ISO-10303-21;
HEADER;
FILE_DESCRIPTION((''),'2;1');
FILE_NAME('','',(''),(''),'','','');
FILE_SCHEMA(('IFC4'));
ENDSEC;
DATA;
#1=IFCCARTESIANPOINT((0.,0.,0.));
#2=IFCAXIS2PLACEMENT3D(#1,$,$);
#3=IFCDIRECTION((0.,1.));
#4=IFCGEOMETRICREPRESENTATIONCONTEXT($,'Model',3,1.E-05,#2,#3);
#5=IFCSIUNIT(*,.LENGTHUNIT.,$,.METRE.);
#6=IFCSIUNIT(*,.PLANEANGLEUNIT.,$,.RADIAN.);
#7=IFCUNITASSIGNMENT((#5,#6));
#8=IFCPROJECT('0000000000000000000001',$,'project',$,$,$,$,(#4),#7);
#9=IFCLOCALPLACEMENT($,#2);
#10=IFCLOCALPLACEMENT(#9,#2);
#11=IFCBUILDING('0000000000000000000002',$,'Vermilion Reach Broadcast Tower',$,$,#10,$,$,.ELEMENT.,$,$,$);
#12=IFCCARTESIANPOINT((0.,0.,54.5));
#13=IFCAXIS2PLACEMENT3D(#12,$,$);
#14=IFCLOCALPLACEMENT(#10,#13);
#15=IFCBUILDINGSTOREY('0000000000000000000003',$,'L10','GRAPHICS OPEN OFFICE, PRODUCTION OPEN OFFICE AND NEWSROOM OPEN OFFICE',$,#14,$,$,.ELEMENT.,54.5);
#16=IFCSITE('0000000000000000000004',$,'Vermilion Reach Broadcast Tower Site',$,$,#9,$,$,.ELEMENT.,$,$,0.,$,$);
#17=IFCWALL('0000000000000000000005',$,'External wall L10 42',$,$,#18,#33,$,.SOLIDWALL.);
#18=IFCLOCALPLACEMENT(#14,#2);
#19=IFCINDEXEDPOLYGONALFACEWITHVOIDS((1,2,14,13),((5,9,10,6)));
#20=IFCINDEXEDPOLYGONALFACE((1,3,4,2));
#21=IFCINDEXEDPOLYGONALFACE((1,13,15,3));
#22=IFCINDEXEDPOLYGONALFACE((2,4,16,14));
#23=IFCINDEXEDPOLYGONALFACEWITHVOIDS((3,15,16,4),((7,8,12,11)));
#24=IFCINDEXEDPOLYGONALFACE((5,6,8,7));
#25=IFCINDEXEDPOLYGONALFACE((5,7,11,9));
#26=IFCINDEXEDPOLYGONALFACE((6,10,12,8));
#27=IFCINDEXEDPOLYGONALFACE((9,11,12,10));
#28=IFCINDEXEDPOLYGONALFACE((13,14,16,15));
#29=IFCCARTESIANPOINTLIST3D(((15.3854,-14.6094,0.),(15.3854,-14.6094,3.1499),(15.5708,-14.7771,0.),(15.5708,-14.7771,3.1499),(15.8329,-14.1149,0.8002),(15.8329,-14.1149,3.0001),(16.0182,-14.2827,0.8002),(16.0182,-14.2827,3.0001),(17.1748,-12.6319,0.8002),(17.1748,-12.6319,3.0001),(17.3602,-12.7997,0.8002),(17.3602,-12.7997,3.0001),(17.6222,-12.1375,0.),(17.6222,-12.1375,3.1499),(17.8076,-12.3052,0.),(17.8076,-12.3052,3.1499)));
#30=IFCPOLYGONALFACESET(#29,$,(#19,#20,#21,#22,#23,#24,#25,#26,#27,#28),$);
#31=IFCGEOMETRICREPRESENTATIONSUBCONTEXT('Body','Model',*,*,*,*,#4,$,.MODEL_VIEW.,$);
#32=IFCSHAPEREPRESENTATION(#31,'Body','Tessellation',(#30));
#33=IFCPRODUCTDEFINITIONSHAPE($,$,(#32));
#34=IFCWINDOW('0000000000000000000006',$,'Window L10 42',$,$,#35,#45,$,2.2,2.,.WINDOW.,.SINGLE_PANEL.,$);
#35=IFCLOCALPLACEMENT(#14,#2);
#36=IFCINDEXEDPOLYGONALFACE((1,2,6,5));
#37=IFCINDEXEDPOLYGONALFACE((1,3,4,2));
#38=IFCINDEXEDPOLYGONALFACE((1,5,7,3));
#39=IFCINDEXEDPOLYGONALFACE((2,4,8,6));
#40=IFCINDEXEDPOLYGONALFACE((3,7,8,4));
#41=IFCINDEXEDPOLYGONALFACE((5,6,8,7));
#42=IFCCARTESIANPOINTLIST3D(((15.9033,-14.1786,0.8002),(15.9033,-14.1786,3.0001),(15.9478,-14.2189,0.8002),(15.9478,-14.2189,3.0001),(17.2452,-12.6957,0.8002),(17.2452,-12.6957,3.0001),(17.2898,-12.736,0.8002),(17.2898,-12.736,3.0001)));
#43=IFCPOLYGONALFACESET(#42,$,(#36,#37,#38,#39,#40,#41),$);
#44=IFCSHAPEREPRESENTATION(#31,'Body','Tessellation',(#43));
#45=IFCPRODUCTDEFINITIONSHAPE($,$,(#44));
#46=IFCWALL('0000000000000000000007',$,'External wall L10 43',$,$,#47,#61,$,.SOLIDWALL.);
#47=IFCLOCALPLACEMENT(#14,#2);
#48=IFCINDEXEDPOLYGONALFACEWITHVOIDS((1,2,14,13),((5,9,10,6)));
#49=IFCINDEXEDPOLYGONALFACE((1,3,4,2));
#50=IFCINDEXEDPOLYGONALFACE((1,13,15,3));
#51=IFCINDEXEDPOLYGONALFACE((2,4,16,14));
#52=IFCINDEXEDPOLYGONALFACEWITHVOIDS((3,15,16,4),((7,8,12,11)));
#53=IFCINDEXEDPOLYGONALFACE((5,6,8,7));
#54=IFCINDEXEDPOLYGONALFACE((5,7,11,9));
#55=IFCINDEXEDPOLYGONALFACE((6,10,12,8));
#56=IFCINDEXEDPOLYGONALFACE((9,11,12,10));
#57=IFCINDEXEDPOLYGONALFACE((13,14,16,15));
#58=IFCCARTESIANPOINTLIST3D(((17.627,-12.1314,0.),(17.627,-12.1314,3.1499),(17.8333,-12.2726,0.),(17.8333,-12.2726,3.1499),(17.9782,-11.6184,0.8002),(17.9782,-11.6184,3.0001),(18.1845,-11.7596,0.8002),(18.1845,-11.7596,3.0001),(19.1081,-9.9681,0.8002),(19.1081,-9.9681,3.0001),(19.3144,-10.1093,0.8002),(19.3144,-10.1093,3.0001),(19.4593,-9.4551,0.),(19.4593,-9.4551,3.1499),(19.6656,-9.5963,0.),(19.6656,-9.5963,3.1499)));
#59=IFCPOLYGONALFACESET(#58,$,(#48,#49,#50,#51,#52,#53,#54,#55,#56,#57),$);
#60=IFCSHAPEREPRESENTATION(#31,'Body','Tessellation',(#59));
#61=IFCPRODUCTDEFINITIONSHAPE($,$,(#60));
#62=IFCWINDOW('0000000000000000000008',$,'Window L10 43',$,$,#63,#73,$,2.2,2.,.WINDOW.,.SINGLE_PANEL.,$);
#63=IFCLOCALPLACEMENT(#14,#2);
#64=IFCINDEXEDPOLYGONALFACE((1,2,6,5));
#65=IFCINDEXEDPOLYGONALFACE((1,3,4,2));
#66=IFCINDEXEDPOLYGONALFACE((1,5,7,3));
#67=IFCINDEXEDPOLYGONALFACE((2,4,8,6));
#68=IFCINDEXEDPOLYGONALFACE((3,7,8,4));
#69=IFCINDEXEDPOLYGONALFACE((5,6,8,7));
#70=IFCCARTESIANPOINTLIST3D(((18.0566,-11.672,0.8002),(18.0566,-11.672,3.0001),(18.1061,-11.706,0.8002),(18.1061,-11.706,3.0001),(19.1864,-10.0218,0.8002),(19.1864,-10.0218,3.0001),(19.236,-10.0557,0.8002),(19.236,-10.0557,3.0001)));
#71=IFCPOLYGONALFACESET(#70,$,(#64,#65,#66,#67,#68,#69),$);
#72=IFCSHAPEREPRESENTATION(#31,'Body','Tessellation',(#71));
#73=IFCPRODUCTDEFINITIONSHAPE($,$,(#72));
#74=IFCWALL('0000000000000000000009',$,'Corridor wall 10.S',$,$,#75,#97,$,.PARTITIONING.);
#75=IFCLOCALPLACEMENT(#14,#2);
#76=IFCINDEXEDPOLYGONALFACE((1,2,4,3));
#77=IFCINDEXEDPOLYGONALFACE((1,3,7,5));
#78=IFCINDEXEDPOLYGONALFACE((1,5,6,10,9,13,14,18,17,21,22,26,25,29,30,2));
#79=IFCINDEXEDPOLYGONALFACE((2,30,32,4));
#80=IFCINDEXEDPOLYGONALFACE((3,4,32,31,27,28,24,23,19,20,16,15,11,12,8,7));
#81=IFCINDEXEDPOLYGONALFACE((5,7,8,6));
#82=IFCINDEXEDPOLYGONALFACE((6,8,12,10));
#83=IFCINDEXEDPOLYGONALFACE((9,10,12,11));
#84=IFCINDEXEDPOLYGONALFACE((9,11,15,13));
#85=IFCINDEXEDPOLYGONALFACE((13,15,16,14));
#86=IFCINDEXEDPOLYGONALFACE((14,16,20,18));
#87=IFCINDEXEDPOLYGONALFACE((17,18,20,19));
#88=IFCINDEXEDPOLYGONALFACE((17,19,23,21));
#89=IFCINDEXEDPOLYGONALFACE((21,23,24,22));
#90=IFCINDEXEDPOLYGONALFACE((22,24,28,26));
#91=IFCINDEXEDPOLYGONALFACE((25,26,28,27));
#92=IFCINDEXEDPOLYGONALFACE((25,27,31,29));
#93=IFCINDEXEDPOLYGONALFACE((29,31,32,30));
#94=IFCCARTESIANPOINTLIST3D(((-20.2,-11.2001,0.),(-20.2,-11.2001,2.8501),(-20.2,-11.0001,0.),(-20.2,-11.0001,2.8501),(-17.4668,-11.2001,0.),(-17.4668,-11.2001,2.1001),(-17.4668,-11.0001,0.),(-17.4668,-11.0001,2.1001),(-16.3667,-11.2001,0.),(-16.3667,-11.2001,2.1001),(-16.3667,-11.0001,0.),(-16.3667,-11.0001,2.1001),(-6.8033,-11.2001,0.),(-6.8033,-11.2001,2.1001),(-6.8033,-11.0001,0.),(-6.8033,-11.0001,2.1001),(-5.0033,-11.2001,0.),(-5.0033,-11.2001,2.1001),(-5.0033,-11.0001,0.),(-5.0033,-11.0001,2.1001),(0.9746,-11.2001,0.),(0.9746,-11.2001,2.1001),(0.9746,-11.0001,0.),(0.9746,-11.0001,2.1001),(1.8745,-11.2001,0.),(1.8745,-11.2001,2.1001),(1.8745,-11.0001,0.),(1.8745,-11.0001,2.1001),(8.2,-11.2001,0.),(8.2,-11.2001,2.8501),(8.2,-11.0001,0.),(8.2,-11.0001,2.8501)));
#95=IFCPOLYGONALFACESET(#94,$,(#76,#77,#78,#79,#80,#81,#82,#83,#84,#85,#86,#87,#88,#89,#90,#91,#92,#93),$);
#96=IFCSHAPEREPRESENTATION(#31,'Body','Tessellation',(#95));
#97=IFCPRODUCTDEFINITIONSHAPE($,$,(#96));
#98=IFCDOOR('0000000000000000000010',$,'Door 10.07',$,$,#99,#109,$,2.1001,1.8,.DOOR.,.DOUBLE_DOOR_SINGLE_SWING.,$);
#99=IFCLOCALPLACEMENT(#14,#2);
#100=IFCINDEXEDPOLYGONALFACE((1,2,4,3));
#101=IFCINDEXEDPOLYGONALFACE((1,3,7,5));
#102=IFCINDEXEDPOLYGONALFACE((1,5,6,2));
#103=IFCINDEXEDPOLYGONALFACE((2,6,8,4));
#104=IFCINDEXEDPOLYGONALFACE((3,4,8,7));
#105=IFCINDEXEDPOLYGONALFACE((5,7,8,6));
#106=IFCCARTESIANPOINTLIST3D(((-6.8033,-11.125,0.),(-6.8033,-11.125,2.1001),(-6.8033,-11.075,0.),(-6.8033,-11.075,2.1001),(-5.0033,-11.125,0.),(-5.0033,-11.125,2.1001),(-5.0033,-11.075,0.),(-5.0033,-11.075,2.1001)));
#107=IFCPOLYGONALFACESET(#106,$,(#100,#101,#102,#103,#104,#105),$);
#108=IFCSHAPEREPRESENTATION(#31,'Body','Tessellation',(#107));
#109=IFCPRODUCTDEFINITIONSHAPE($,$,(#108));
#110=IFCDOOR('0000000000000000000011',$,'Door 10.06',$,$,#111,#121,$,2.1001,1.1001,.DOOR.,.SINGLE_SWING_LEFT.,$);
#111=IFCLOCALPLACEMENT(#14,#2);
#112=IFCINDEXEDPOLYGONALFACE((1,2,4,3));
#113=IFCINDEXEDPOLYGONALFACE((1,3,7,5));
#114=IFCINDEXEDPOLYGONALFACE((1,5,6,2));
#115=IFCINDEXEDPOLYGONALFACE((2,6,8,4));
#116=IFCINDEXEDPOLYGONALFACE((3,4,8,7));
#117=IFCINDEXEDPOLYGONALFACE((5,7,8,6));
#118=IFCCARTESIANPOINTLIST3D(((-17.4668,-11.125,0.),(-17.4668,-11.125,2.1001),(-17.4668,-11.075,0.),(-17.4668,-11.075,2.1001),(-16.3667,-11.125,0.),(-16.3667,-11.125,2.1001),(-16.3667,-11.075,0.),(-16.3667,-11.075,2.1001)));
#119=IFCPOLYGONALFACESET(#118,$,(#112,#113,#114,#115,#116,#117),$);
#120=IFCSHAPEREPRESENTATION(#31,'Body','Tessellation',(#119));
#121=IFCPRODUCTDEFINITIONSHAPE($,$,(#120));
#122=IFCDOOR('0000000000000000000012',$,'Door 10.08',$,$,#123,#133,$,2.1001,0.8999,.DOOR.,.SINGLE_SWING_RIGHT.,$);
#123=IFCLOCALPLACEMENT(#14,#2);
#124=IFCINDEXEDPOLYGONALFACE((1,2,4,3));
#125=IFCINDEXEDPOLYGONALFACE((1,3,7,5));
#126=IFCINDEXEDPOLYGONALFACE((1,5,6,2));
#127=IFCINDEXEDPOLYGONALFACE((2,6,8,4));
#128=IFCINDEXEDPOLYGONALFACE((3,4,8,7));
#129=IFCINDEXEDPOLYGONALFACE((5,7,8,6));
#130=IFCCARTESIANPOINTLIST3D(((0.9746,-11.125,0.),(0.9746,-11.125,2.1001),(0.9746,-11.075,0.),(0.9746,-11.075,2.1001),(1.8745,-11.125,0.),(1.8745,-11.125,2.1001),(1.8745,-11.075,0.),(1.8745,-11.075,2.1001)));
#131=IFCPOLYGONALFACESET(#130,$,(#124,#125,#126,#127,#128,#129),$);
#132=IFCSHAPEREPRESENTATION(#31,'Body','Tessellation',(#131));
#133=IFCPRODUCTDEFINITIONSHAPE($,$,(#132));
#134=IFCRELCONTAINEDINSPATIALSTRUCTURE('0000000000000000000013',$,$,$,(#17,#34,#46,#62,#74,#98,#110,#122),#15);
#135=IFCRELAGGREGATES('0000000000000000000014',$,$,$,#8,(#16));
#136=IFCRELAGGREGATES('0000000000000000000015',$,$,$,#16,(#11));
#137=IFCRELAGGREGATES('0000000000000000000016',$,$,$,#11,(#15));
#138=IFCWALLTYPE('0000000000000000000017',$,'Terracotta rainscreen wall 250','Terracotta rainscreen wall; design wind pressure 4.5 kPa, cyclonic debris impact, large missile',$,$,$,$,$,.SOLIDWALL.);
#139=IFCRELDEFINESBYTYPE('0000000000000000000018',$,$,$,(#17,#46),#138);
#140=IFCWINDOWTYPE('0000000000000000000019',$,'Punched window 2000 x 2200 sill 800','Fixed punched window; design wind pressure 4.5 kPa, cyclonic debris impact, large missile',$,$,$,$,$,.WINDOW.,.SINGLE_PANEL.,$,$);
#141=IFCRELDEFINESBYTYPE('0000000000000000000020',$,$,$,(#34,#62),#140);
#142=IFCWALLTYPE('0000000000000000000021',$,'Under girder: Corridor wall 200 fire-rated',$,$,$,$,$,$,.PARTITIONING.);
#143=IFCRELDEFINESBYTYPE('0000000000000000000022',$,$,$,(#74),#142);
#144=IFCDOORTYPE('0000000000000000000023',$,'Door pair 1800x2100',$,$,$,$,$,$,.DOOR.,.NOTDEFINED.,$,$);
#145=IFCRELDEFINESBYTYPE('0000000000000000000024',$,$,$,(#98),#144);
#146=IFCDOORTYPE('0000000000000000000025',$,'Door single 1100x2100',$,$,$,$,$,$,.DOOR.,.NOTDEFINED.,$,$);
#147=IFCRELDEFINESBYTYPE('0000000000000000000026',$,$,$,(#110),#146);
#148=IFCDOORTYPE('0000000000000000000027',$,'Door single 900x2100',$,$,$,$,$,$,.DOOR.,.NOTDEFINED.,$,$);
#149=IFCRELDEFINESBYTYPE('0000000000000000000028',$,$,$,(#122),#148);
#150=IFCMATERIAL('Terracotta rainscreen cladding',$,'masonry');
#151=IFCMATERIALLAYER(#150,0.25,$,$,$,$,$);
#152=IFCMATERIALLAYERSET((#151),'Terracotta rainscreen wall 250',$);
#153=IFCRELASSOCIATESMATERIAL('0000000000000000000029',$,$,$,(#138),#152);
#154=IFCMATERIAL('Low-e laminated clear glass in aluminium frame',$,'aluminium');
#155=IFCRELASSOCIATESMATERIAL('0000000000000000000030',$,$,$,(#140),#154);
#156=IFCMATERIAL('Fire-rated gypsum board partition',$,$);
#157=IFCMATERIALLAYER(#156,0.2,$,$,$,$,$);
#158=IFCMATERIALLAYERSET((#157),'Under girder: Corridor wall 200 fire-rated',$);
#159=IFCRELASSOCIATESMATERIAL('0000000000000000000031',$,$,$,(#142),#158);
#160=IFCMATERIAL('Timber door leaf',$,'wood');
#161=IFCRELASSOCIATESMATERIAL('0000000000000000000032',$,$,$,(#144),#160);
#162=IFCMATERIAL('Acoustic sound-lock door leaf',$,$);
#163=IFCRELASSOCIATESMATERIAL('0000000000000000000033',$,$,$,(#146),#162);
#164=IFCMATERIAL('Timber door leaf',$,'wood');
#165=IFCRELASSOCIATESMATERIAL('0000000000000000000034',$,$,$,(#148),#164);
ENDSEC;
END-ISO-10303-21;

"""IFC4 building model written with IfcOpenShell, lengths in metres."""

from ifc_helpers import new_model, si_unit, direction, frame, frame_2d, origin, place, context, subcontext, project, spatial, rectangle, extrude, material, layer, layer_set, type_object, element, fill, save


model = new_model("IFC4")

# Units and contexts
model_context = context("Model", 3, precision=1e-05, world=origin(), true_north=direction((0.0, 1.0)))
body_context = subcontext(model_context, "Body", "Model", "MODEL_VIEW")
ifc_project = project(units=[si_unit("LENGTHUNIT", "METRE"), si_unit("PLANEANGLEUNIT", "RADIAN")], contexts=[model_context])

# Site, building, storey
site_placement = place(None, origin())
site = spatial("IfcSite", under=ifc_project, at=site_placement, Name="Vermilion Reach Broadcast Tower Site", CompositionType="ELEMENT", RefElevation=0.0)
building_placement = place(site_placement, origin())
building = spatial("IfcBuilding", under=site, at=building_placement, Name="Vermilion Reach Broadcast Tower", CompositionType="ELEMENT")
storey_placement = place(building_placement, frame((0.0, 0.0, 54.5)))
storey = spatial("IfcBuildingStorey", under=building, at=storey_placement, Name="L10", Description="GRAPHICS OPEN OFFICE, PRODUCTION OPEN OFFICE AND NEWSROOM OPEN OFFICE", CompositionType="ELEMENT", Elevation=54.5)

# Shared definitions
ifc_material_1 = material(Name="Terracotta rainscreen cladding", Category="masonry")
ifc_layer_1 = layer(ifc_material_1, 0.25)
ifc_layer_set_1 = layer_set([ifc_layer_1], Name="Terracotta rainscreen wall 250")
wall_type_1 = type_object("IfcWallType", Name="Terracotta rainscreen wall 250", Description="Terracotta rainscreen wall; design wind pressure 4.5 kPa, cyclonic debris impact, large missile", PredefinedType="SOLIDWALL", material=ifc_layer_set_1)

# Walls, openings, windows
ifc_material_2 = material(Name="Low-e laminated clear glass in aluminium frame", Category="aluminium")
window_type = type_object("IfcWindowType", Name="Punched window 2000 x 2200 sill 800", Description="Fixed punched window; design wind pressure 4.5 kPa, cyclonic debris impact, large missile", PartitioningType="SINGLE_PANEL", PredefinedType="WINDOW", material=ifc_material_2)
wall_1_placement = place(storey_placement, frame((15.478, -14.6934, 0.0), z_axis=(0.0, 0.0, 1.0), x_axis=(0.670965, 0.741489, 0.0)))
wall_1 = element("IfcWall", 1, at=wall_1_placement, inside=storey, type_object=wall_type_1, Name="External wall L10 42", PredefinedType="SOLIDWALL", context=body_context, shape_type="SweptSolid", body=[
    extrude(rectangle(XDim=3.3337, YDim=0.25, at=frame_2d((1.667, 0.0))), origin(), (0.0, 0.0, 1.0), 3.1499),
])
opening_1_placement = place(wall_1_placement, frame((0.667, 0.0, 0.8)))
opening_1 = element("IfcOpeningElement", 2, at=opening_1_placement, cuts=wall_1, PredefinedType="OPENING", context=body_context, shape_type="SweptSolid", body=[
    extrude(rectangle(XDim=2.0, YDim=2.2, at=frame_2d((1.0, 1.1001))), frame((0.0, 0.135, 0.0), z_axis=(0.0, -1.0, 0.0), x_axis=(1.0, 0.0, 0.0)), (0.0, 0.0, 1.0), 0.27),
])
window_1_placement = place(opening_1_placement, origin())
window_1 = element("IfcWindow", 3, at=window_1_placement, inside=storey, type_object=window_type, Name="Window L10 42", OverallHeight=2.2, OverallWidth=2.0, PartitioningType="SINGLE_PANEL", PredefinedType="WINDOW", context=body_context, shape_type="SweptSolid", body=[
    extrude(rectangle(XDim=2.0, YDim=2.2, at=frame_2d((1.0, 1.1001))), frame((0.0, 0.03, 0.0), z_axis=(0.0, -1.0, 0.0), x_axis=(1.0, 0.0, 0.0)), (0.0, 0.0, 1.0), 0.0601),
])
fill(opening_1, window_1)
wall_2_placement = place(storey_placement, frame((17.7302, -12.2019, 0.0), z_axis=(0.0, 0.0, 1.0), x_axis=(0.564924, 0.825143, 0.0)))
wall_2 = element("IfcWall", 4, at=wall_2_placement, inside=storey, type_object=wall_type_1, Name="External wall L10 43", PredefinedType="SOLIDWALL", context=body_context, shape_type="SweptSolid", body=[
    extrude(rectangle(XDim=3.2434, YDim=0.25, at=frame_2d((1.6216, 0.0))), origin(), (0.0, 0.0, 1.0), 3.1499),
])
opening_2_placement = place(wall_2_placement, frame((0.6216, 0.0, 0.8)))
opening_2 = element("IfcOpeningElement", 5, at=opening_2_placement, cuts=wall_2, PredefinedType="OPENING", context=body_context, shape_type="SweptSolid", body=[
    extrude(rectangle(XDim=2.0, YDim=2.2, at=frame_2d((1.0, 1.1001))), frame((0.0, 0.135, 0.0), z_axis=(0.0, -1.0, 0.0), x_axis=(1.0, 0.0, 0.0)), (0.0, 0.0, 1.0), 0.27),
])
window_2_placement = place(opening_2_placement, origin())
window_2 = element("IfcWindow", 6, at=window_2_placement, inside=storey, type_object=window_type, Name="Window L10 43", OverallHeight=2.2, OverallWidth=2.0, PartitioningType="SINGLE_PANEL", PredefinedType="WINDOW", context=body_context, shape_type="SweptSolid", body=[
    extrude(rectangle(XDim=2.0, YDim=2.2, at=frame_2d((1.0, 1.1001))), frame((0.0, 0.03, 0.0), z_axis=(0.0, -1.0, 0.0), x_axis=(1.0, 0.0, 0.0)), (0.0, 0.0, 1.0), 0.0601),
])
fill(opening_2, window_2)

# Wall, openings, doors
ifc_material_3 = material(Name="Fire-rated gypsum board partition")
ifc_layer_2 = layer(ifc_material_3, 0.2)
ifc_layer_set_2 = layer_set([ifc_layer_2], Name="Under girder: Corridor wall 200 fire-rated")
wall_type_2 = type_object("IfcWallType", Name="Under girder: Corridor wall 200 fire-rated", PredefinedType="PARTITIONING", material=ifc_layer_set_2)
wall_3_placement = place(storey_placement, frame((8.2, -11.1001, 0.0), z_axis=(0.0, 0.0, 1.0), x_axis=(-1.0, 0.0, 0.0)))
wall_3 = element("IfcWall", 7, at=wall_3_placement, inside=storey, type_object=wall_type_2, Name="Corridor wall 10.S", PredefinedType="PARTITIONING", context=body_context, shape_type="SweptSolid", body=[
    extrude(rectangle(XDim=28.3999, YDim=0.2, at=frame_2d((14.2, 0.0))), origin(), (0.0, 0.0, 1.0), 2.8501),
])
opening_3_placement = place(wall_3_placement, frame((24.5667, 0.0, 0.0)))
opening_3 = element("IfcOpeningElement", 8, at=opening_3_placement, cuts=wall_3, PredefinedType="OPENING", context=body_context, shape_type="SweptSolid", body=[
    extrude(rectangle(XDim=1.1001, YDim=2.1001, at=frame_2d((0.55, 1.05))), frame((0.0, 0.1099, 0.0), z_axis=(0.0, -1.0, 0.0), x_axis=(1.0, 0.0, 0.0)), (0.0, 0.0, 1.0), 0.22),
])
opening_4_placement = place(wall_3_placement, frame((13.2034, 0.0, 0.0)))
opening_4 = element("IfcOpeningElement", 9, at=opening_4_placement, cuts=wall_3, PredefinedType="OPENING", context=body_context, shape_type="SweptSolid", body=[
    extrude(rectangle(XDim=1.8, YDim=2.1001, at=frame_2d((0.8999, 1.05))), frame((0.0, 0.1099, 0.0), z_axis=(0.0, -1.0, 0.0), x_axis=(1.0, 0.0, 0.0)), (0.0, 0.0, 1.0), 0.22),
])
opening_5_placement = place(wall_3_placement, frame((6.3254, 0.0, 0.0)))
opening_5 = element("IfcOpeningElement", 10, at=opening_5_placement, cuts=wall_3, PredefinedType="OPENING", context=body_context, shape_type="SweptSolid", body=[
    extrude(rectangle(XDim=0.8999, YDim=2.1001, at=frame_2d((0.45, 1.05))), frame((0.0, 0.1099, 0.0), z_axis=(0.0, -1.0, 0.0), x_axis=(1.0, 0.0, 0.0)), (0.0, 0.0, 1.0), 0.22),
])
ifc_material_4 = material(Name="Timber door leaf", Category="wood")
door_type_1 = type_object("IfcDoorType", Name="Door pair 1800x2100", OperationType="NOTDEFINED", PredefinedType="DOOR", material=ifc_material_4)
door_1_placement = place(opening_4_placement, origin())
door_1 = element("IfcDoor", 11, at=door_1_placement, inside=storey, type_object=door_type_1, Name="Door 10.07", OperationType="DOUBLE_DOOR_SINGLE_SWING", OverallHeight=2.1001, OverallWidth=1.8, PredefinedType="DOOR", context=body_context, shape_type="SweptSolid", body=[
    extrude(rectangle(XDim=1.8, YDim=2.1001, at=frame_2d((0.8999, 1.05))), frame((0.0, 0.0249, 0.0), z_axis=(0.0, -1.0, 0.0), x_axis=(1.0, 0.0, 0.0)), (0.0, 0.0, 1.0), 0.05),
])
fill(opening_4, door_1)
ifc_material_5 = material(Name="Acoustic sound-lock door leaf")
door_type_2 = type_object("IfcDoorType", Name="Door single 1100x2100", OperationType="NOTDEFINED", PredefinedType="DOOR", material=ifc_material_5)
door_2_placement = place(opening_3_placement, origin())
door_2 = element("IfcDoor", 12, at=door_2_placement, inside=storey, type_object=door_type_2, Name="Door 10.06", OperationType="SINGLE_SWING_LEFT", OverallHeight=2.1001, OverallWidth=1.1001, PredefinedType="DOOR", context=body_context, shape_type="SweptSolid", body=[
    extrude(rectangle(XDim=1.1001, YDim=2.1001, at=frame_2d((0.55, 1.05))), frame((0.0, 0.0249, 0.0), z_axis=(0.0, -1.0, 0.0), x_axis=(1.0, 0.0, 0.0)), (0.0, 0.0, 1.0), 0.05),
])
fill(opening_3, door_2)
ifc_material_6 = material(Name="Timber door leaf", Category="wood")
door_type_3 = type_object("IfcDoorType", Name="Door single 900x2100", OperationType="NOTDEFINED", PredefinedType="DOOR", material=ifc_material_6)
door_3_placement = place(opening_5_placement, origin())
door_3 = element("IfcDoor", 13, at=door_3_placement, inside=storey, type_object=door_type_3, Name="Door 10.08", OperationType="SINGLE_SWING_RIGHT", OverallHeight=2.1001, OverallWidth=0.8999, PredefinedType="DOOR", context=body_context, shape_type="SweptSolid", body=[
    extrude(rectangle(XDim=0.8999, YDim=2.1001, at=frame_2d((0.45, 1.05))), frame((0.0, 0.0249, 0.0), z_axis=(0.0, -1.0, 0.0), x_axis=(1.0, 0.0, 0.0)), (0.0, 0.0, 1.0), 0.05),
])
fill(opening_5, door_3)

save(model, "model.ifc")
